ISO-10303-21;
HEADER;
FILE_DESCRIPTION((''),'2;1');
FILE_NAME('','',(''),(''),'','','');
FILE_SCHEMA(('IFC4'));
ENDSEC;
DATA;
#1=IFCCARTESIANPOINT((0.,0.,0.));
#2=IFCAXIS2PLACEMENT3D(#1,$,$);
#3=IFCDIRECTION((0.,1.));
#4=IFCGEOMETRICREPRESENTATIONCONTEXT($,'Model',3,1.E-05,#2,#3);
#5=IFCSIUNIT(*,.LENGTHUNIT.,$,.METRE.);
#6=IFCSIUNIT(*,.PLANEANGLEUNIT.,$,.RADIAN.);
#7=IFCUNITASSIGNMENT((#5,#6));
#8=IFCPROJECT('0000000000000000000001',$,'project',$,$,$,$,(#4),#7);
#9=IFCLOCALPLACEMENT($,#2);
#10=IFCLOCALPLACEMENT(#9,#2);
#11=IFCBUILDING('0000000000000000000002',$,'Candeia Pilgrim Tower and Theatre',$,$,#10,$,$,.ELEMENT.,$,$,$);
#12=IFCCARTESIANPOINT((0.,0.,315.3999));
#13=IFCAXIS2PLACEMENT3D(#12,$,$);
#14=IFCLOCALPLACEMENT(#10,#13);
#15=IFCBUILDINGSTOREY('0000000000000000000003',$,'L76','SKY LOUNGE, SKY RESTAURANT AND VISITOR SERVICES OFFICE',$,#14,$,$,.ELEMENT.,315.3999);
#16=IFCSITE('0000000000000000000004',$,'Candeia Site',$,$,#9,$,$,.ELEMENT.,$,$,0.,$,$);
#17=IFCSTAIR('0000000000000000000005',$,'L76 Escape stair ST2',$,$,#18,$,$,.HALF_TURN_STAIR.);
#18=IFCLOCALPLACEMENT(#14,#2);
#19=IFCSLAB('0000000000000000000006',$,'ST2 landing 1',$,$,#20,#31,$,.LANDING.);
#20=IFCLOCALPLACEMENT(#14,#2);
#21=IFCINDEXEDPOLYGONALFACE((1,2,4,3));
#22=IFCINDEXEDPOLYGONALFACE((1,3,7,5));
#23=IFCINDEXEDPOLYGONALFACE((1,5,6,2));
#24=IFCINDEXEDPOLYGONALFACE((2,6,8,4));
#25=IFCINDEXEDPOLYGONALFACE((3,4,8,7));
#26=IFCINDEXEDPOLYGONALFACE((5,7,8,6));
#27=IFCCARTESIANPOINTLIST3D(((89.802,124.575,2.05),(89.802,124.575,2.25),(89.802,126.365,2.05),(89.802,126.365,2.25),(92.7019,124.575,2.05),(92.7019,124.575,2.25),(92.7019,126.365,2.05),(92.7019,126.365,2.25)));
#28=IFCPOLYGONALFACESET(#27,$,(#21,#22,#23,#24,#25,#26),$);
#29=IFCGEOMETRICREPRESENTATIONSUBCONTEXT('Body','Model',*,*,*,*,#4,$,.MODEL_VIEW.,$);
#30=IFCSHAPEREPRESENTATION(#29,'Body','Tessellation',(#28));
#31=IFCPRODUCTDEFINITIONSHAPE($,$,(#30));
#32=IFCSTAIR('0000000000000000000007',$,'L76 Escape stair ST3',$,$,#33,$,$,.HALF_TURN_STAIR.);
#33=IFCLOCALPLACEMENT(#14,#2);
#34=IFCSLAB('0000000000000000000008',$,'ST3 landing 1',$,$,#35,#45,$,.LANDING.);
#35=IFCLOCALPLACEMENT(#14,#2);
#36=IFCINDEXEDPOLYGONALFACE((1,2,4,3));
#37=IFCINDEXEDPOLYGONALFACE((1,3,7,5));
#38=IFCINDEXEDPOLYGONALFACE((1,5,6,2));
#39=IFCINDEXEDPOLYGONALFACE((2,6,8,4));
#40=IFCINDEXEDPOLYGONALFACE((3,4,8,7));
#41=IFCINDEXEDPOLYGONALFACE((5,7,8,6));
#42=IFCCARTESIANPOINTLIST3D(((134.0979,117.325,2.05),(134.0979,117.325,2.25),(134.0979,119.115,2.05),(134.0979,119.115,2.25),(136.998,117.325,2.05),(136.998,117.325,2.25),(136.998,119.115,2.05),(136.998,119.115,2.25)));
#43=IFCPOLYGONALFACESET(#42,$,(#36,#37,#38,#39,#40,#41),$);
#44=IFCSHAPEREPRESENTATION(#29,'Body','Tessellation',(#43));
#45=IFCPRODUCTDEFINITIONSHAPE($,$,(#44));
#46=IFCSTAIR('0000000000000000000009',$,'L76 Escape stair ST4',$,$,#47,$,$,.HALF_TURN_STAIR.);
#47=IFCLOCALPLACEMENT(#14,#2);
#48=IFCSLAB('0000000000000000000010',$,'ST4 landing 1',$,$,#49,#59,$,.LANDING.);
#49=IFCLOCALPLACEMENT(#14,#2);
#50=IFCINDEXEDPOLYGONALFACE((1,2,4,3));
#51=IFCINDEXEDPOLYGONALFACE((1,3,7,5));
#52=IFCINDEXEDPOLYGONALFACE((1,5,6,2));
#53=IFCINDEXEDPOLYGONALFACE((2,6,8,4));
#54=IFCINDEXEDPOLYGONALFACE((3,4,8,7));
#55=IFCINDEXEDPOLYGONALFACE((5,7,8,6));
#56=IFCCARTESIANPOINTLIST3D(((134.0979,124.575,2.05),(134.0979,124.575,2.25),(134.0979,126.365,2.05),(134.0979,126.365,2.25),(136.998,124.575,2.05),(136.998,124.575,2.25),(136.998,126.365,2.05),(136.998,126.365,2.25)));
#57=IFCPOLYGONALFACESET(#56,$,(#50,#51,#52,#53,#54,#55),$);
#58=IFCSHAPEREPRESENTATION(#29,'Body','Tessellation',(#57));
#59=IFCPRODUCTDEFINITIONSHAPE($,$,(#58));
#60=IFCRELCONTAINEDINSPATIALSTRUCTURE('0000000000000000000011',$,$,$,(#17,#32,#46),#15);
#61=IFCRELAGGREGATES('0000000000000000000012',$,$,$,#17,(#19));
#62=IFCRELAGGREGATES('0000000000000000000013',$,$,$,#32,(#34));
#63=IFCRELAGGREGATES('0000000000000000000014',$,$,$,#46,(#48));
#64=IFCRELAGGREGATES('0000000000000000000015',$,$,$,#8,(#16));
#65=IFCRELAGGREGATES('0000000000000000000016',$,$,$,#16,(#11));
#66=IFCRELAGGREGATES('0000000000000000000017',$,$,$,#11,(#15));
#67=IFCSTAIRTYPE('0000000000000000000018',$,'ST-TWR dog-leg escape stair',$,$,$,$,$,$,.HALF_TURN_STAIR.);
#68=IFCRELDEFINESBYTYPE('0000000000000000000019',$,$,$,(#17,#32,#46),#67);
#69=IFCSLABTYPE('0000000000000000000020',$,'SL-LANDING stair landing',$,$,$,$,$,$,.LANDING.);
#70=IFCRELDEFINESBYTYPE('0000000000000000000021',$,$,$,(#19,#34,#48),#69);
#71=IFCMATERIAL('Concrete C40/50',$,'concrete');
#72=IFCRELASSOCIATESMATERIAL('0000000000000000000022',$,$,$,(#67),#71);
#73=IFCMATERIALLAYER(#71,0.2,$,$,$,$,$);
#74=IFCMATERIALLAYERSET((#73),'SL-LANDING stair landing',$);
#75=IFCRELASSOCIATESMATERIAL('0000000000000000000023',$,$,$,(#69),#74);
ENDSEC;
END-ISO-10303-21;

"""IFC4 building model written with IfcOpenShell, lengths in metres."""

from ifc_helpers import new_model, si_unit, direction, frame, origin, place, context, subcontext, project, spatial, polyline, outline, extrude, material, layer, layer_set, type_object, element, aggregate, save


model = new_model("IFC4")

# Units and contexts
model_context = context("Model", 3, precision=1e-05, world=origin(), true_north=direction((0.0, 1.0)))
body_context = subcontext(model_context, "Body", "Model", "MODEL_VIEW")
ifc_project = project(units=[si_unit("LENGTHUNIT", "METRE"), si_unit("PLANEANGLEUNIT", "RADIAN")], contexts=[model_context])

# Site, building, storey
site_placement = place(None, origin())
site = spatial("IfcSite", under=ifc_project, at=site_placement, Name="Candeia Site", CompositionType="ELEMENT", RefElevation=0.0)
building_placement = place(site_placement, origin())
building = spatial("IfcBuilding", under=site, at=building_placement, Name="Candeia Pilgrim Tower and Theatre", CompositionType="ELEMENT")
storey_placement = place(building_placement, frame((0.0, 0.0, 315.3999)))
storey = spatial("IfcBuildingStorey", under=building, at=storey_placement, Name="L76", Description="SKY LOUNGE, SKY RESTAURANT AND VISITOR SERVICES OFFICE", CompositionType="ELEMENT", Elevation=315.3999)

# Shared definitions
ifc_material_1 = material(Name="Concrete C40/50", Category="concrete")

# Stairs, slabs
stair_type = type_object("IfcStairType", Name="ST-TWR dog-leg escape stair", PredefinedType="HALF_TURN_STAIR", material=ifc_material_1)
ifc_layer_1 = layer(ifc_material_1, 0.2)
ifc_layer_set_1 = layer_set([ifc_layer_1], Name="SL-LANDING stair landing")
slab_type_1 = type_object("IfcSlabType", Name="SL-LANDING stair landing", PredefinedType="LANDING", material=ifc_layer_set_1)
stair_1_placement = place(storey_placement, origin())
stair_1 = element("IfcStair", 1, at=stair_1_placement, inside=storey, type_object=stair_type, Name="L76 Escape stair ST2", PredefinedType="HALF_TURN_STAIR")
slab_1_placement = place(storey_placement, frame((0.0, 0.0, 2.05)))
slab_1 = element("IfcSlab", 2, at=slab_1_placement, type_object=slab_type_1, Name="ST2 landing 1", PredefinedType="LANDING", context=body_context, shape_type="SweptSolid", body=[
    extrude(outline(polyline([(89.802, 126.365), (89.802, 124.575), (92.7019, 124.575), (92.7019, 126.365), (89.802, 126.365)])), origin(), (0.0, 0.0, 1.0), 0.2),
])
aggregate(stair_1, [slab_1])
stair_2_placement = place(storey_placement, origin())
stair_2 = element("IfcStair", 3, at=stair_2_placement, inside=storey, type_object=stair_type, Name="L76 Escape stair ST3", PredefinedType="HALF_TURN_STAIR")
slab_2_placement = place(storey_placement, frame((0.0, 0.0, 2.05)))
slab_2 = element("IfcSlab", 4, at=slab_2_placement, type_object=slab_type_1, Name="ST3 landing 1", PredefinedType="LANDING", context=body_context, shape_type="SweptSolid", body=[
    extrude(outline(polyline([(134.0979, 119.115), (134.0979, 117.325), (136.998, 117.325), (136.998, 119.115), (134.0979, 119.115)])), origin(), (0.0, 0.0, 1.0), 0.2),
])
aggregate(stair_2, [slab_2])
stair_3_placement = place(storey_placement, origin())
stair_3 = element("IfcStair", 5, at=stair_3_placement, inside=storey, type_object=stair_type, Name="L76 Escape stair ST4", PredefinedType="HALF_TURN_STAIR")
slab_3_placement = place(storey_placement, frame((0.0, 0.0, 2.05)))
slab_3 = element("IfcSlab", 6, at=slab_3_placement, type_object=slab_type_1, Name="ST4 landing 1", PredefinedType="LANDING", context=body_context, shape_type="SweptSolid", body=[
    extrude(outline(polyline([(134.0979, 126.365), (134.0979, 124.575), (136.998, 124.575), (136.998, 126.365), (134.0979, 126.365)])), origin(), (0.0, 0.0, 1.0), 0.2),
])
aggregate(stair_3, [slab_3])

save(model, "model.ifc")
